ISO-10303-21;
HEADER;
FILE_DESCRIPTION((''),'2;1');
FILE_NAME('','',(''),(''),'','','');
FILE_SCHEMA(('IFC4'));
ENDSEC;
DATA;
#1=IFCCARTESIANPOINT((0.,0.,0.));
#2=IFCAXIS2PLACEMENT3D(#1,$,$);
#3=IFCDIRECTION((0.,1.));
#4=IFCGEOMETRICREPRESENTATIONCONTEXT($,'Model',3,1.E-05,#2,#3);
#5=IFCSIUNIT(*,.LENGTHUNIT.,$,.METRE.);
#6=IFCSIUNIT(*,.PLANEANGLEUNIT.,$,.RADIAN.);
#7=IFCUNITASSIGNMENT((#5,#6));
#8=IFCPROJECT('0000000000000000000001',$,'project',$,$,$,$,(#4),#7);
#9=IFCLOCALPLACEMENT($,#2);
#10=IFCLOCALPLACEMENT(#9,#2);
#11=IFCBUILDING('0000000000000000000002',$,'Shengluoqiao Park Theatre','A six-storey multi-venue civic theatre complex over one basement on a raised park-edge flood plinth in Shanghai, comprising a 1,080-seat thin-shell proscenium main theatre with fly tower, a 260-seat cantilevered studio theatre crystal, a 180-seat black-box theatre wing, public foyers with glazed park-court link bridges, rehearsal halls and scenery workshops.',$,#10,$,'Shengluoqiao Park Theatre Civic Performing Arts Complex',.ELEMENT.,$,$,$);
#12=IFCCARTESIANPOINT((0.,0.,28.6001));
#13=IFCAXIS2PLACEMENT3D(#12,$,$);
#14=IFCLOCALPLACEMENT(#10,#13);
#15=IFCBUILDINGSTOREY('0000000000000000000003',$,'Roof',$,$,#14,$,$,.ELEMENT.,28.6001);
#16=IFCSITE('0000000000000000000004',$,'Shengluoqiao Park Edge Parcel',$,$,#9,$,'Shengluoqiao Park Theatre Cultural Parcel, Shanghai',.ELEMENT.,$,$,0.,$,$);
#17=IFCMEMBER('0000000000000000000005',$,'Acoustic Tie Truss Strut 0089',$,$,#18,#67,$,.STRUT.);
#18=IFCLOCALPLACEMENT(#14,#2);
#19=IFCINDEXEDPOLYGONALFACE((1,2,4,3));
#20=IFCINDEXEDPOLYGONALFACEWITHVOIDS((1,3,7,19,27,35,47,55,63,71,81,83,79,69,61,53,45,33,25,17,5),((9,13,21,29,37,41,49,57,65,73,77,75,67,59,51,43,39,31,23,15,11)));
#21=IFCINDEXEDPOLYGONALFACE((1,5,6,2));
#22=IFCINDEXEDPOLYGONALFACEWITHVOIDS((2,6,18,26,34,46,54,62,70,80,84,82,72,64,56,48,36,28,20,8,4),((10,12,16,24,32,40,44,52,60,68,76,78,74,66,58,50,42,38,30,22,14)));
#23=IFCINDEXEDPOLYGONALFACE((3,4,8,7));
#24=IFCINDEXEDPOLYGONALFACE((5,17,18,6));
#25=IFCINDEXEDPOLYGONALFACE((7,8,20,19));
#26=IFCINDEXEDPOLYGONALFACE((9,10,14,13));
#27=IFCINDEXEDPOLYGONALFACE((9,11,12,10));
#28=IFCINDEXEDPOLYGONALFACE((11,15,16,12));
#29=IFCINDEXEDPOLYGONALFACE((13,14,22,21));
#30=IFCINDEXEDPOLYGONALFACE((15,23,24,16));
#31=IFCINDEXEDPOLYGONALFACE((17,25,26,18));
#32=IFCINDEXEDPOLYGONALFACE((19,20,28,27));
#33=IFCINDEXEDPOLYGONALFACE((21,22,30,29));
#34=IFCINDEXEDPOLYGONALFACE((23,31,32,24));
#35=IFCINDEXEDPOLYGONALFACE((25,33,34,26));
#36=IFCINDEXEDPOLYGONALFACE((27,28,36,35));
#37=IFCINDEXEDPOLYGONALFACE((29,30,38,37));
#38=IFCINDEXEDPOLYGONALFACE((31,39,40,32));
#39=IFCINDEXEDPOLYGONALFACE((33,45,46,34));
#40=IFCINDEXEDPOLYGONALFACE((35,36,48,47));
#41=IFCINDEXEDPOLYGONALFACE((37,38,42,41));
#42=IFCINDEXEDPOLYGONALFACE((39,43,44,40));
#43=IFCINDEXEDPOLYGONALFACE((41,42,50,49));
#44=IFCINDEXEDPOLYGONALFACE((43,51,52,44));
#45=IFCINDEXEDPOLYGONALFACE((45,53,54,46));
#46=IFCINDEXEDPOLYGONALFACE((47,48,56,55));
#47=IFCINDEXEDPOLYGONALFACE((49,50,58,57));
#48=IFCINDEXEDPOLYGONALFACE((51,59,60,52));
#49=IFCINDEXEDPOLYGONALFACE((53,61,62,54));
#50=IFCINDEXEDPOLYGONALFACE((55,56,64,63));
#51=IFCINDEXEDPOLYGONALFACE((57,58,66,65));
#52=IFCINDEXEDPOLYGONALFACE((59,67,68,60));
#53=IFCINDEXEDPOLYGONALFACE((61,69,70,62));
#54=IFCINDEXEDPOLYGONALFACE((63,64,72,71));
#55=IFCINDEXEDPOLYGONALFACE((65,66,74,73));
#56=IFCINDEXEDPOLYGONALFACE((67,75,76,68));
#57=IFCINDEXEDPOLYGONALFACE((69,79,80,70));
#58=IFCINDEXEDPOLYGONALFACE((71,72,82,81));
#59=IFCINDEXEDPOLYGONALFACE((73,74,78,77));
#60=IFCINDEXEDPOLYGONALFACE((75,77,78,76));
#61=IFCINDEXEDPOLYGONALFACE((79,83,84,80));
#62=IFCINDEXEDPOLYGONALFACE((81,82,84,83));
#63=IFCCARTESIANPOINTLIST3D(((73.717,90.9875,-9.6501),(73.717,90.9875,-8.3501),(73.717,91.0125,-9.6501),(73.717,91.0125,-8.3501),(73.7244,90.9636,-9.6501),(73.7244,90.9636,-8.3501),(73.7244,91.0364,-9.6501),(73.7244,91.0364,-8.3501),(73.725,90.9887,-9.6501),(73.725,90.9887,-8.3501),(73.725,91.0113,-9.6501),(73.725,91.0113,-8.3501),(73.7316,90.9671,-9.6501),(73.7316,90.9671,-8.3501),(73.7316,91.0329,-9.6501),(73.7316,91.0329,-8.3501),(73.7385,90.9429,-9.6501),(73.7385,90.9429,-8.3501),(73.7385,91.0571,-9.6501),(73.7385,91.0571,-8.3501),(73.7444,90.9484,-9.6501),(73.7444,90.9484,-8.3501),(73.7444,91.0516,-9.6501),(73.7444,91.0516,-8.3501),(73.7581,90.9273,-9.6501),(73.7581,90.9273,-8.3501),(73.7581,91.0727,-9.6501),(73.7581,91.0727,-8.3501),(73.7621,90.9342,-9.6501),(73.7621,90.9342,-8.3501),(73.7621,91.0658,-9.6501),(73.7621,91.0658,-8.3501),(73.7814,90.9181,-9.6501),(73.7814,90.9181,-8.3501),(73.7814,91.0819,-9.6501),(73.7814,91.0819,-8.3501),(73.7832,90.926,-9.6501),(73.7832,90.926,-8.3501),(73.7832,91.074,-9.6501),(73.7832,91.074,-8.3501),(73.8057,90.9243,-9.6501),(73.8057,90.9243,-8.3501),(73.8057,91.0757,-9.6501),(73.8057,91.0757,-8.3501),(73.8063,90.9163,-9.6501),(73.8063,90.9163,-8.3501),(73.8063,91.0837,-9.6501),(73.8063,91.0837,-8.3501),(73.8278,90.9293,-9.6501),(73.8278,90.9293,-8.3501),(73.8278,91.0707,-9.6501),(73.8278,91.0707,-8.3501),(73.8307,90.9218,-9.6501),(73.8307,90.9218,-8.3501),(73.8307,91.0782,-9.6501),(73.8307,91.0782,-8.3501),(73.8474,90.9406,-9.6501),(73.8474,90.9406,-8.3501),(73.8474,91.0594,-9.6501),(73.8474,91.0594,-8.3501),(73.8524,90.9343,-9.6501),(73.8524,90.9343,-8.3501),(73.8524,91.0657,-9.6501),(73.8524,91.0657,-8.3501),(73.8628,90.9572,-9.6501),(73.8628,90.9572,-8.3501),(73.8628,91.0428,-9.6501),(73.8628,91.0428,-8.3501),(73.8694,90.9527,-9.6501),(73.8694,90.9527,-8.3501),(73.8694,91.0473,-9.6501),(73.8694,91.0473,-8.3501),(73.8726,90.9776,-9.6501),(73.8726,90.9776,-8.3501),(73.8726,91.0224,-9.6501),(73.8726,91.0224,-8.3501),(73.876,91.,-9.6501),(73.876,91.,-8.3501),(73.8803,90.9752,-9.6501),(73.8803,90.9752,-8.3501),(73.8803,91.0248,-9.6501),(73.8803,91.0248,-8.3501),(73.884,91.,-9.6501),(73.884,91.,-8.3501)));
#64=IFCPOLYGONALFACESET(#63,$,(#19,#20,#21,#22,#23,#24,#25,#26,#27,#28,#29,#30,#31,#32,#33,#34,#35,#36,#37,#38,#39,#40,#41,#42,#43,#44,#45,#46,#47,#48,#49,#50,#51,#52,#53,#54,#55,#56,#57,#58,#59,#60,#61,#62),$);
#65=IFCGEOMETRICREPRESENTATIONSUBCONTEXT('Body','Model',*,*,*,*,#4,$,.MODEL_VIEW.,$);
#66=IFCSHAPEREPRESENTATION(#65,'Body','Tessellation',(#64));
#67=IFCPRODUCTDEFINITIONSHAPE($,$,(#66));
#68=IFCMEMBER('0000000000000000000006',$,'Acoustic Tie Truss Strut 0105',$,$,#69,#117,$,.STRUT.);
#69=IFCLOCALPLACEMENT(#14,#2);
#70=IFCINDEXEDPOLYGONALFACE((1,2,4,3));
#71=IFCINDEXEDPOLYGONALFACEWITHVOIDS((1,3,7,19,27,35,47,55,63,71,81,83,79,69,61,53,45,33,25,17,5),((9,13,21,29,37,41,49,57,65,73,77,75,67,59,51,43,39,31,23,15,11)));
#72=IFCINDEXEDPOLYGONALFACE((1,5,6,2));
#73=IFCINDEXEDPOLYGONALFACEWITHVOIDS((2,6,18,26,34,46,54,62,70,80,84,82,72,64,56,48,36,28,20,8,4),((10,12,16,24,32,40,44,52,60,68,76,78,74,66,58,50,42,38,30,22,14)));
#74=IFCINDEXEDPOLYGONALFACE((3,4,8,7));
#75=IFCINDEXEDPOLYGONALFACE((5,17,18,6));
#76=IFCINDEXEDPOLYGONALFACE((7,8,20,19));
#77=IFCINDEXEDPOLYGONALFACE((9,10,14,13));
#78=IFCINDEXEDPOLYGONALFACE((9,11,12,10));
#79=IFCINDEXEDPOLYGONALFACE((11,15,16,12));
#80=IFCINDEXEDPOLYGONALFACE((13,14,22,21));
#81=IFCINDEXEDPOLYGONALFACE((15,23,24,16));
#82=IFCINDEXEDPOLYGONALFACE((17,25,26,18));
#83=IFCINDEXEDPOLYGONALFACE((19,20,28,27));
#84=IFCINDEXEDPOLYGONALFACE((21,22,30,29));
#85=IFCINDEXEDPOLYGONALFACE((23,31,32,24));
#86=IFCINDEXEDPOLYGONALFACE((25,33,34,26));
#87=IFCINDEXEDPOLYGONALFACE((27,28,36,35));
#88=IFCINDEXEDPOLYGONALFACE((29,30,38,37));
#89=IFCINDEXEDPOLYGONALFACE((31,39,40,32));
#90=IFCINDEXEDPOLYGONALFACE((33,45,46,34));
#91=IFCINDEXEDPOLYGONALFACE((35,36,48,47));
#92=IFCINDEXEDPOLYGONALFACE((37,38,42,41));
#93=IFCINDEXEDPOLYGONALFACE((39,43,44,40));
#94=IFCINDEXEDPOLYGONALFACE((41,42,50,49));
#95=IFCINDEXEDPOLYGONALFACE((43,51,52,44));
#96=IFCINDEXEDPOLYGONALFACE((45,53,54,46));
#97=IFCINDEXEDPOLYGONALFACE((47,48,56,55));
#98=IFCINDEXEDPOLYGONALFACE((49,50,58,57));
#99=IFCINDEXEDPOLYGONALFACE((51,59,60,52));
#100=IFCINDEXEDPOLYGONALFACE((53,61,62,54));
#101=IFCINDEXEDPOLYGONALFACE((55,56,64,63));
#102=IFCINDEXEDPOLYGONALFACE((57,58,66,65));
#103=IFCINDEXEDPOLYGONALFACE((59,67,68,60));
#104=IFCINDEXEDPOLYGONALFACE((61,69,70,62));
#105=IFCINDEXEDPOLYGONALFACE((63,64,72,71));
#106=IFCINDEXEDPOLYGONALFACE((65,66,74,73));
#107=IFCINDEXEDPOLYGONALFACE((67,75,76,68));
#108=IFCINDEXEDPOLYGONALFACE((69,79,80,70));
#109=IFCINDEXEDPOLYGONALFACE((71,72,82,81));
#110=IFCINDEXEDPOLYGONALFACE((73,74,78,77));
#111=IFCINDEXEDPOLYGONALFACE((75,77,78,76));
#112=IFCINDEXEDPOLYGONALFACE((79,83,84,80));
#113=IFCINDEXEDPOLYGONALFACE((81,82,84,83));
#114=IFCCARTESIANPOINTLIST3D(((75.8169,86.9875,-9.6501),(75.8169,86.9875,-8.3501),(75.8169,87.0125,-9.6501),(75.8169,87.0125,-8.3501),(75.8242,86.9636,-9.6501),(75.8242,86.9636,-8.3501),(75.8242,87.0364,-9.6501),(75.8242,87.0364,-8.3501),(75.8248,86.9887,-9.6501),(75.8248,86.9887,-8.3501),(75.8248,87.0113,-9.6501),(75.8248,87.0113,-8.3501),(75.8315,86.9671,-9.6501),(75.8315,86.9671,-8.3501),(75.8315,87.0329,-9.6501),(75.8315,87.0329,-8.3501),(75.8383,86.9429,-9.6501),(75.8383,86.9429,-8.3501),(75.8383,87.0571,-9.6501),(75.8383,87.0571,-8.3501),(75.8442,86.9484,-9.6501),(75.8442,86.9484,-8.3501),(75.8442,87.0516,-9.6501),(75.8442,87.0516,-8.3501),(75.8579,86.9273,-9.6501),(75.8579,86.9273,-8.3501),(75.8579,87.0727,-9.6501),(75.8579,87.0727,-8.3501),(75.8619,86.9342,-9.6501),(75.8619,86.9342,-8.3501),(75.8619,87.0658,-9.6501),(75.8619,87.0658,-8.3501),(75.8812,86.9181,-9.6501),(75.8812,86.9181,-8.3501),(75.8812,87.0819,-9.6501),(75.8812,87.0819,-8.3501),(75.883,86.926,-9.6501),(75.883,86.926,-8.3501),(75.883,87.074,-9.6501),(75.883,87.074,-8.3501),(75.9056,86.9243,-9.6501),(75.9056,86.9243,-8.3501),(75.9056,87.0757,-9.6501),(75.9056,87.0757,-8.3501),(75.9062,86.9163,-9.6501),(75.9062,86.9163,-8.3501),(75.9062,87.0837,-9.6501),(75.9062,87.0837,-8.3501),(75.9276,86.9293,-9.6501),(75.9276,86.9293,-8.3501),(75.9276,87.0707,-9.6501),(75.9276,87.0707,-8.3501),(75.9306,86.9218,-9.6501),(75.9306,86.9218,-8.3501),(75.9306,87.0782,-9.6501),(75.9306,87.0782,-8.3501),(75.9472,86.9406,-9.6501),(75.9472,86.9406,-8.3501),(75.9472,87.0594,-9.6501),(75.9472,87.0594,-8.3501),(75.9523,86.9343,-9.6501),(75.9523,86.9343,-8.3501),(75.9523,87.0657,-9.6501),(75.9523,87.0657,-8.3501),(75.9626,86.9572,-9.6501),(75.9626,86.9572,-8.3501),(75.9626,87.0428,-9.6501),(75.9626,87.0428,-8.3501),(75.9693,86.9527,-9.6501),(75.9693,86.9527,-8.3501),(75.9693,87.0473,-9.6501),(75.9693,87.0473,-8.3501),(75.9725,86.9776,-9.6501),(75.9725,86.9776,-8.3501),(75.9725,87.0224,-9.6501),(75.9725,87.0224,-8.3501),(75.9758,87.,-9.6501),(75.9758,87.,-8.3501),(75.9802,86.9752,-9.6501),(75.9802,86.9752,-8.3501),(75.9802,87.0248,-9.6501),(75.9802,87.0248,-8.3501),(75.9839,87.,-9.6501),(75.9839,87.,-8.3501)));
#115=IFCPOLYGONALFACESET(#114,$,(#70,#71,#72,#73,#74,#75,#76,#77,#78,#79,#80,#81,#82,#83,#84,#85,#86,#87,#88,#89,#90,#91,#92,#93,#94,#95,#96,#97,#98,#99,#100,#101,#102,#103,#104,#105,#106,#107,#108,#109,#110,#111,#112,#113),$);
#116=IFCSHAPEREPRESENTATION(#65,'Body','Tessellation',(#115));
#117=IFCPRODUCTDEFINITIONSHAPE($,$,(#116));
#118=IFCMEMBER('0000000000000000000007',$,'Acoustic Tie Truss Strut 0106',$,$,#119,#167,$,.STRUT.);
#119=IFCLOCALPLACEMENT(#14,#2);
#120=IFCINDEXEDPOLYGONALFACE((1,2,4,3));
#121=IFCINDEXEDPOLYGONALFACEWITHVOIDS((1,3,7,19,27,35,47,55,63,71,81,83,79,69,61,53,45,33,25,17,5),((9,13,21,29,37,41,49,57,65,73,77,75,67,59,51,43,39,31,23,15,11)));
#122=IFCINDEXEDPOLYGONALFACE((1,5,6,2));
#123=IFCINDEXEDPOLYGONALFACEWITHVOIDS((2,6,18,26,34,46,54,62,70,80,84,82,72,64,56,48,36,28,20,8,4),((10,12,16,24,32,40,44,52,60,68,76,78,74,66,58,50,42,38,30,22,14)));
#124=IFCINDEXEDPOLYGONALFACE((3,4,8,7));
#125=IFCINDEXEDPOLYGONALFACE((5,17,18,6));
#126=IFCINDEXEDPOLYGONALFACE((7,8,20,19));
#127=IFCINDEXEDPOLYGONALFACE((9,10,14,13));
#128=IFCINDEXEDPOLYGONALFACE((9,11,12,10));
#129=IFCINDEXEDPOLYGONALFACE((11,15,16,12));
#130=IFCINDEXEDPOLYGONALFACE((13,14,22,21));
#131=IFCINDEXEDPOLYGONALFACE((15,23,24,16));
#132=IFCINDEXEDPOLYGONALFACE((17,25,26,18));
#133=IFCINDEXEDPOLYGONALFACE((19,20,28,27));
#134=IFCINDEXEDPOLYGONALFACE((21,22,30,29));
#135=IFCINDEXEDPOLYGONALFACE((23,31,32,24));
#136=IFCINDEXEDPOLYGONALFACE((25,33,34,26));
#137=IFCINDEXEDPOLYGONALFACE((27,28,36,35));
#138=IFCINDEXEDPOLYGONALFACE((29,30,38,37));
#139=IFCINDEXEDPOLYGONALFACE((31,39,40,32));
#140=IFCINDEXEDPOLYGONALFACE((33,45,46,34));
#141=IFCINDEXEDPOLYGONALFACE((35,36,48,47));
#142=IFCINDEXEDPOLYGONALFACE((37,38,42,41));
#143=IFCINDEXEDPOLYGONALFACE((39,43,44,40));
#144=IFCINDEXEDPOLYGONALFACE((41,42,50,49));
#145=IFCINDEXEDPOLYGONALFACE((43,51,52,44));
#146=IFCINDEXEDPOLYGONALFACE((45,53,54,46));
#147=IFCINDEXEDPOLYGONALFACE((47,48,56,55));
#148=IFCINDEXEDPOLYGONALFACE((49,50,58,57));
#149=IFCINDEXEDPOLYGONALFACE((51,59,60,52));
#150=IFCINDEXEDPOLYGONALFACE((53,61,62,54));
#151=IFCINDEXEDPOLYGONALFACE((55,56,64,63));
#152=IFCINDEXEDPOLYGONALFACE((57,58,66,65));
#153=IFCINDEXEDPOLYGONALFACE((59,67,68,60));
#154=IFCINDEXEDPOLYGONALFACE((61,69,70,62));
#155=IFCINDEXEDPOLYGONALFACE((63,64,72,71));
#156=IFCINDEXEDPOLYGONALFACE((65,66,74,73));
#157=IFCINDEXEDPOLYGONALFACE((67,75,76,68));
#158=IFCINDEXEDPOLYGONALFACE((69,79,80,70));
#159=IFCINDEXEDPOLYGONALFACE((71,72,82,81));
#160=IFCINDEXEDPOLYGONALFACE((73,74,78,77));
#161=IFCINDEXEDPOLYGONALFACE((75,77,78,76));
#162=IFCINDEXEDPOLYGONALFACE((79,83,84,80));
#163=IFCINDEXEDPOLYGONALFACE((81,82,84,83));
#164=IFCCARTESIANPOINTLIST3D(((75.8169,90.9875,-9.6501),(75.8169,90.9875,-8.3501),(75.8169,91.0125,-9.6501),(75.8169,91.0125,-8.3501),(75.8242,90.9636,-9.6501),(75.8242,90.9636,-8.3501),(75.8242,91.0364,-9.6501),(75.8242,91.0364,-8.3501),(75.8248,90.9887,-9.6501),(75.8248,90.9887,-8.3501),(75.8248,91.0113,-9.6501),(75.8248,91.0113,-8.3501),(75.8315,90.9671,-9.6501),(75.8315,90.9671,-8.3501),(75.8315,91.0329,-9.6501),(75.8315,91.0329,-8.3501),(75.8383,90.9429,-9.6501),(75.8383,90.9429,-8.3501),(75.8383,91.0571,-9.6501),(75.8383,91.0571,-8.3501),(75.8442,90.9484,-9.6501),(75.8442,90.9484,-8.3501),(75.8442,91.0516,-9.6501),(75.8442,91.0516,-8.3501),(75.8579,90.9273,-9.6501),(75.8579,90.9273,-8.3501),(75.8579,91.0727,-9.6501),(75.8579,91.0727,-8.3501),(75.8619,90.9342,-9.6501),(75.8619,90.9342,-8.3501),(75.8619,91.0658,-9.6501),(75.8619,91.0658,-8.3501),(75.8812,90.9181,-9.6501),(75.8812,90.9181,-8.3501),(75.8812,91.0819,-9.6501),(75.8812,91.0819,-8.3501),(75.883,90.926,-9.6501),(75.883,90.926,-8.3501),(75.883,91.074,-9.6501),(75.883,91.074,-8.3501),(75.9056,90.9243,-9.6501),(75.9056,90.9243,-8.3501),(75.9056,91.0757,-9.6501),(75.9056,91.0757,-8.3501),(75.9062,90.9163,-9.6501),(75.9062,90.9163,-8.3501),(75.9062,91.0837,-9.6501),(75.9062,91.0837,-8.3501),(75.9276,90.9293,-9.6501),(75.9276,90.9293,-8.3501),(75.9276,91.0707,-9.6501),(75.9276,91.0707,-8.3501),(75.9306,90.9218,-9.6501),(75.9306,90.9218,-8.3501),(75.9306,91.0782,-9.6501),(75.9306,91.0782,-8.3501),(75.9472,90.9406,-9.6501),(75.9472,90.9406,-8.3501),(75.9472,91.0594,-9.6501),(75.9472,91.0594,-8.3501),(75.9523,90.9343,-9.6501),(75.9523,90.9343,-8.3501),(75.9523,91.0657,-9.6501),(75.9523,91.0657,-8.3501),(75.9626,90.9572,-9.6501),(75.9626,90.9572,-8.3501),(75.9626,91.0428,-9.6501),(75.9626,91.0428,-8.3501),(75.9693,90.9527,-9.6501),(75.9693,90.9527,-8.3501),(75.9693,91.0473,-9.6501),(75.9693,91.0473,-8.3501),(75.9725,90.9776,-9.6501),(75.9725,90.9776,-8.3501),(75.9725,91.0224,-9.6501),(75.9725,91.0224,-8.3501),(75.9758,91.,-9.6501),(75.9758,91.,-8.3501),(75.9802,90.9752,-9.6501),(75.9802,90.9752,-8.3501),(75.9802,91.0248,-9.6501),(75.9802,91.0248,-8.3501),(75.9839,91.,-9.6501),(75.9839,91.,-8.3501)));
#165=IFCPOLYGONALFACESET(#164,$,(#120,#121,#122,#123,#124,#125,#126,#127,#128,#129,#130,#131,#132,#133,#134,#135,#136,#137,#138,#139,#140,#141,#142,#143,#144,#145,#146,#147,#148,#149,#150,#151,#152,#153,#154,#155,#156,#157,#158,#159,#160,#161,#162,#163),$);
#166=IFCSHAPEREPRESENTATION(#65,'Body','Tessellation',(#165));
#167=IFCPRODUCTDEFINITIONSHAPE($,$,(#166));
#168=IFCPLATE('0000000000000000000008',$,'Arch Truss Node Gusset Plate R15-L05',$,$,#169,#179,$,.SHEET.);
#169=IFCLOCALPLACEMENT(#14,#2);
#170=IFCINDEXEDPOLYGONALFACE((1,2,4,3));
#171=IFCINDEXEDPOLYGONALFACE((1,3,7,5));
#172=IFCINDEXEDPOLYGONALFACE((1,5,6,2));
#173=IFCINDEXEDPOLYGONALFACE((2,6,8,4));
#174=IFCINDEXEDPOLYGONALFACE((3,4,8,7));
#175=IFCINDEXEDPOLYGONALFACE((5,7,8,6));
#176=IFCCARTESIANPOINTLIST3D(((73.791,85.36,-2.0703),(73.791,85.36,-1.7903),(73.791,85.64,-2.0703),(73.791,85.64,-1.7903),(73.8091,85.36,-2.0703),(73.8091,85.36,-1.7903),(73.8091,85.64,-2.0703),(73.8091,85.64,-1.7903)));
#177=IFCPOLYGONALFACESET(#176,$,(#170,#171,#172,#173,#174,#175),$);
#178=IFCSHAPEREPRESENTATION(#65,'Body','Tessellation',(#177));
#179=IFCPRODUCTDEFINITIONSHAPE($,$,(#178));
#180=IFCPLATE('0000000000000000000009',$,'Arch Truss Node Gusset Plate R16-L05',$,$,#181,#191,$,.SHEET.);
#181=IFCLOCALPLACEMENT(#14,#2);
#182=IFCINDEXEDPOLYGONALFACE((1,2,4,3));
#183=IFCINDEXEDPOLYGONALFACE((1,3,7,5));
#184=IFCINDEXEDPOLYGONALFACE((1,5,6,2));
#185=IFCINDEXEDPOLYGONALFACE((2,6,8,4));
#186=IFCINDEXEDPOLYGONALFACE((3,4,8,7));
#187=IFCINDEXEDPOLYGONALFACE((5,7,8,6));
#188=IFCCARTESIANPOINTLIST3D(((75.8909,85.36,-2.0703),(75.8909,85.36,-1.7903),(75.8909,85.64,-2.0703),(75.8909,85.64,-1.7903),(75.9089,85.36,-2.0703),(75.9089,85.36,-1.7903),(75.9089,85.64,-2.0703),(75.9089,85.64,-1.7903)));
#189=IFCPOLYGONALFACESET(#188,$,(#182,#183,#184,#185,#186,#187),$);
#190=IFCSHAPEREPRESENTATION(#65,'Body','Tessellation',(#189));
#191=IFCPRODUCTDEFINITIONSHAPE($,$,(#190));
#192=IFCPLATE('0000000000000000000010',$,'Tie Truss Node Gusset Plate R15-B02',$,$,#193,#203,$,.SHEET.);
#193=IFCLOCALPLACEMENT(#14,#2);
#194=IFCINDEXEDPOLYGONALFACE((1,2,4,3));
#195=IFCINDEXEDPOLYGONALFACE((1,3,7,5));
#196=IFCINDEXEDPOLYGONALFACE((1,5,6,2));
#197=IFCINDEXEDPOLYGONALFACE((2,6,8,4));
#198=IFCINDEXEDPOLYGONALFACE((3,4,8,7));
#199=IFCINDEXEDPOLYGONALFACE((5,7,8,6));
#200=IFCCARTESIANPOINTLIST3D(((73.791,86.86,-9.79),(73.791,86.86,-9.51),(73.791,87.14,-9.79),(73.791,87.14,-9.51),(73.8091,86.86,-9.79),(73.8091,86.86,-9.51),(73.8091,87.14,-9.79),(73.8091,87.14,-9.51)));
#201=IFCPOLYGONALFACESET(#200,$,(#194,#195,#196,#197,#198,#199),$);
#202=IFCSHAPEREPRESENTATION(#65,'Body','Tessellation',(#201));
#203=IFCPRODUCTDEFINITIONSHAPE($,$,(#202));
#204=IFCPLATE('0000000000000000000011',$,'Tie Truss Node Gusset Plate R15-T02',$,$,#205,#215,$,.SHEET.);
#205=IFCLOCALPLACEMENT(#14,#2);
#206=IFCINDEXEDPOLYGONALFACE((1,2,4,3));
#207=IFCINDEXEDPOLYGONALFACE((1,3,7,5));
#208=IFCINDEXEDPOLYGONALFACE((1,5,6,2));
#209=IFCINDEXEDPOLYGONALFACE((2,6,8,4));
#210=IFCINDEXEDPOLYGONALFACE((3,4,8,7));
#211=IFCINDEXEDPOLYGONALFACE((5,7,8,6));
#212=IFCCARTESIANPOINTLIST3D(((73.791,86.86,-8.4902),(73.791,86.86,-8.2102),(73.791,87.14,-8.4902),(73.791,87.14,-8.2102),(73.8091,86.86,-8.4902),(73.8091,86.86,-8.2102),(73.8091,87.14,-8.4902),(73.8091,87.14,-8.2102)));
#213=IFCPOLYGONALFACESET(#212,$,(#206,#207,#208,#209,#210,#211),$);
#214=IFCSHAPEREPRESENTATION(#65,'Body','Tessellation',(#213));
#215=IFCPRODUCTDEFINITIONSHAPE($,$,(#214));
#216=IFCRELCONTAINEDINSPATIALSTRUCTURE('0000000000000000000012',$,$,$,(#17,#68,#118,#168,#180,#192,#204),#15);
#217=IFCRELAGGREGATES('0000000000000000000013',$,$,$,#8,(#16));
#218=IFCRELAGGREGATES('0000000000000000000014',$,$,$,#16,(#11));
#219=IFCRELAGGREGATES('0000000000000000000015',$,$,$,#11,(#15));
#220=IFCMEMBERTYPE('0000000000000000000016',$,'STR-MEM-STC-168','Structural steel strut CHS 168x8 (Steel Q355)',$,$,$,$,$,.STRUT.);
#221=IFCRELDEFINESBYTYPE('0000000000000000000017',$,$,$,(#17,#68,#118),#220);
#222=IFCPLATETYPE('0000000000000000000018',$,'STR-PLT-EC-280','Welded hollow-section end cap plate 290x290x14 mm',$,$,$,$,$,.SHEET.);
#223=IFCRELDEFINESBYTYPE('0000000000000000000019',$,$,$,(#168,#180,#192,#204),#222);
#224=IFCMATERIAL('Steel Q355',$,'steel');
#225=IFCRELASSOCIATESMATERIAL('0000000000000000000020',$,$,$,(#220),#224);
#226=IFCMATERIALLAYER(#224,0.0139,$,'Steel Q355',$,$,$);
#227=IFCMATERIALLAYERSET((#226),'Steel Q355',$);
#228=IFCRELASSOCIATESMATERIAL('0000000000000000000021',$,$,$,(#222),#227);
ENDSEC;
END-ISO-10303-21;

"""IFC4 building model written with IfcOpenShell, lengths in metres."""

from ifc_helpers import new_model, si_unit, direction, frame, origin, origin_2d, place, context, subcontext, project, spatial, rectangle, hollow_circle, extrude, material, layer, layer_set, material_profile, profile_set, type_object, element, save


model = new_model("IFC4")

# Units and contexts
model_context = context("Model", 3, precision=1e-05, world=origin(), true_north=direction((0.0, 1.0)))
body_context = subcontext(model_context, "Body", "Model", "MODEL_VIEW")
ifc_project = project(units=[si_unit("LENGTHUNIT", "METRE"), si_unit("PLANEANGLEUNIT", "RADIAN")], contexts=[model_context])

# Site, building, storey
site_placement = place(None, origin())
site = spatial("IfcSite", under=ifc_project, at=site_placement, Name="Shengluoqiao Park Edge Parcel", LongName="Shengluoqiao Park Theatre Cultural Parcel, Shanghai", CompositionType="ELEMENT", RefElevation=0.0)
building_placement = place(site_placement, origin())
building = spatial("IfcBuilding", under=site, at=building_placement, Name="Shengluoqiao Park Theatre", Description="A six-storey multi-venue civic theatre complex over one basement on a raised park-edge flood plinth in Shanghai, comprising a 1,080-seat thin-shell proscenium main theatre with fly tower, a 260-seat cantilevered studio theatre crystal, a 180-seat black-box theatre wing, public foyers with glazed park-court link bridges, rehearsal halls and scenery workshops.", LongName="Shengluoqiao Park Theatre Civic Performing Arts Complex", CompositionType="ELEMENT")
storey_placement = place(building_placement, frame((0.0, 0.0, 28.6001)))
storey = spatial("IfcBuildingStorey", under=building, at=storey_placement, Name="Roof", CompositionType="ELEMENT", Elevation=28.6001)

# Shared definitions
ifc_material = material(Name="Steel Q355", Category="steel")

# Members
ifc_material_profile_1 = material_profile(ifc_material, hollow_circle(Radius=0.084, WallThickness=0.0081, at=origin_2d()), Name="CHS 168x8")
ifc_profile_set_1 = profile_set([ifc_material_profile_1], Name="Steel Q355")
member_type_1 = type_object("IfcMemberType", Name="STR-MEM-STC-168", Description="Structural steel strut CHS 168x8 (Steel Q355)", PredefinedType="STRUT", material=ifc_profile_set_1)
for number, where, z_axis, x_axis, name in (
    (1, (73.8, 91.0, -9.6501), (0.0, 0.0, 1.0), (1.0, 0.0, 0.0), "Acoustic Tie Truss Strut 0089"),
    (2, (75.8999, 87.0, -9.6501), (0.0, 0.0, 1.0), (1.0, 0.0, 0.0), "Acoustic Tie Truss Strut 0105"),
    (3, (75.8999, 91.0, -9.6501), (0.0, 0.0, 1.0), (1.0, 0.0, 0.0), "Acoustic Tie Truss Strut 0106"),
):
    element("IfcMember", number, at=place(storey_placement, frame(where, z_axis=z_axis, x_axis=x_axis)), inside=storey, type_object=member_type_1, Name=name, PredefinedType="STRUT", context=body_context, shape_type="SweptSolid", body=[
        extrude(hollow_circle(Radius=0.084, WallThickness=0.0081, at=origin_2d()), origin(), (0.0, 0.0, 1.0), 1.3),
    ])

# Plates
ifc_layer = layer(ifc_material, 0.0139, Name="Steel Q355")
ifc_layer_set = layer_set([ifc_layer], Name="Steel Q355")
plate_type = type_object("IfcPlateType", Name="STR-PLT-EC-280", Description="Welded hollow-section end cap plate 290x290x14 mm", PredefinedType="SHEET", material=ifc_layer_set)
for number, where, z_axis, x_axis, name in (
    (4, (73.8, 85.5, -2.0703), (0.0, 0.0, 1.0), (1.0, 0.0, 0.0), "Arch Truss Node Gusset Plate R15-L05"),
    (5, (75.8999, 85.5, -2.0703), (0.0, 0.0, 1.0), (1.0, 0.0, 0.0), "Arch Truss Node Gusset Plate R16-L05"),
    (6, (73.8, 87.0, -9.79), (0.0, 0.0, 1.0), (1.0, 0.0, 0.0), "Tie Truss Node Gusset Plate R15-B02"),
    (7, (73.8, 87.0, -8.4902), (0.0, 0.0, 1.0), (1.0, 0.0, 0.0), "Tie Truss Node Gusset Plate R15-T02"),
):
    element("IfcPlate", number, at=place(storey_placement, frame(where, z_axis=z_axis, x_axis=x_axis)), inside=storey, type_object=plate_type, Name=name, PredefinedType="SHEET", context=body_context, shape_type="SweptSolid", body=[
        extrude(rectangle(XDim=0.0181, YDim=0.28, at=origin_2d()), origin(), (0.0, 0.0, 1.0), 0.28),
    ])

save(model, "model.ifc")
